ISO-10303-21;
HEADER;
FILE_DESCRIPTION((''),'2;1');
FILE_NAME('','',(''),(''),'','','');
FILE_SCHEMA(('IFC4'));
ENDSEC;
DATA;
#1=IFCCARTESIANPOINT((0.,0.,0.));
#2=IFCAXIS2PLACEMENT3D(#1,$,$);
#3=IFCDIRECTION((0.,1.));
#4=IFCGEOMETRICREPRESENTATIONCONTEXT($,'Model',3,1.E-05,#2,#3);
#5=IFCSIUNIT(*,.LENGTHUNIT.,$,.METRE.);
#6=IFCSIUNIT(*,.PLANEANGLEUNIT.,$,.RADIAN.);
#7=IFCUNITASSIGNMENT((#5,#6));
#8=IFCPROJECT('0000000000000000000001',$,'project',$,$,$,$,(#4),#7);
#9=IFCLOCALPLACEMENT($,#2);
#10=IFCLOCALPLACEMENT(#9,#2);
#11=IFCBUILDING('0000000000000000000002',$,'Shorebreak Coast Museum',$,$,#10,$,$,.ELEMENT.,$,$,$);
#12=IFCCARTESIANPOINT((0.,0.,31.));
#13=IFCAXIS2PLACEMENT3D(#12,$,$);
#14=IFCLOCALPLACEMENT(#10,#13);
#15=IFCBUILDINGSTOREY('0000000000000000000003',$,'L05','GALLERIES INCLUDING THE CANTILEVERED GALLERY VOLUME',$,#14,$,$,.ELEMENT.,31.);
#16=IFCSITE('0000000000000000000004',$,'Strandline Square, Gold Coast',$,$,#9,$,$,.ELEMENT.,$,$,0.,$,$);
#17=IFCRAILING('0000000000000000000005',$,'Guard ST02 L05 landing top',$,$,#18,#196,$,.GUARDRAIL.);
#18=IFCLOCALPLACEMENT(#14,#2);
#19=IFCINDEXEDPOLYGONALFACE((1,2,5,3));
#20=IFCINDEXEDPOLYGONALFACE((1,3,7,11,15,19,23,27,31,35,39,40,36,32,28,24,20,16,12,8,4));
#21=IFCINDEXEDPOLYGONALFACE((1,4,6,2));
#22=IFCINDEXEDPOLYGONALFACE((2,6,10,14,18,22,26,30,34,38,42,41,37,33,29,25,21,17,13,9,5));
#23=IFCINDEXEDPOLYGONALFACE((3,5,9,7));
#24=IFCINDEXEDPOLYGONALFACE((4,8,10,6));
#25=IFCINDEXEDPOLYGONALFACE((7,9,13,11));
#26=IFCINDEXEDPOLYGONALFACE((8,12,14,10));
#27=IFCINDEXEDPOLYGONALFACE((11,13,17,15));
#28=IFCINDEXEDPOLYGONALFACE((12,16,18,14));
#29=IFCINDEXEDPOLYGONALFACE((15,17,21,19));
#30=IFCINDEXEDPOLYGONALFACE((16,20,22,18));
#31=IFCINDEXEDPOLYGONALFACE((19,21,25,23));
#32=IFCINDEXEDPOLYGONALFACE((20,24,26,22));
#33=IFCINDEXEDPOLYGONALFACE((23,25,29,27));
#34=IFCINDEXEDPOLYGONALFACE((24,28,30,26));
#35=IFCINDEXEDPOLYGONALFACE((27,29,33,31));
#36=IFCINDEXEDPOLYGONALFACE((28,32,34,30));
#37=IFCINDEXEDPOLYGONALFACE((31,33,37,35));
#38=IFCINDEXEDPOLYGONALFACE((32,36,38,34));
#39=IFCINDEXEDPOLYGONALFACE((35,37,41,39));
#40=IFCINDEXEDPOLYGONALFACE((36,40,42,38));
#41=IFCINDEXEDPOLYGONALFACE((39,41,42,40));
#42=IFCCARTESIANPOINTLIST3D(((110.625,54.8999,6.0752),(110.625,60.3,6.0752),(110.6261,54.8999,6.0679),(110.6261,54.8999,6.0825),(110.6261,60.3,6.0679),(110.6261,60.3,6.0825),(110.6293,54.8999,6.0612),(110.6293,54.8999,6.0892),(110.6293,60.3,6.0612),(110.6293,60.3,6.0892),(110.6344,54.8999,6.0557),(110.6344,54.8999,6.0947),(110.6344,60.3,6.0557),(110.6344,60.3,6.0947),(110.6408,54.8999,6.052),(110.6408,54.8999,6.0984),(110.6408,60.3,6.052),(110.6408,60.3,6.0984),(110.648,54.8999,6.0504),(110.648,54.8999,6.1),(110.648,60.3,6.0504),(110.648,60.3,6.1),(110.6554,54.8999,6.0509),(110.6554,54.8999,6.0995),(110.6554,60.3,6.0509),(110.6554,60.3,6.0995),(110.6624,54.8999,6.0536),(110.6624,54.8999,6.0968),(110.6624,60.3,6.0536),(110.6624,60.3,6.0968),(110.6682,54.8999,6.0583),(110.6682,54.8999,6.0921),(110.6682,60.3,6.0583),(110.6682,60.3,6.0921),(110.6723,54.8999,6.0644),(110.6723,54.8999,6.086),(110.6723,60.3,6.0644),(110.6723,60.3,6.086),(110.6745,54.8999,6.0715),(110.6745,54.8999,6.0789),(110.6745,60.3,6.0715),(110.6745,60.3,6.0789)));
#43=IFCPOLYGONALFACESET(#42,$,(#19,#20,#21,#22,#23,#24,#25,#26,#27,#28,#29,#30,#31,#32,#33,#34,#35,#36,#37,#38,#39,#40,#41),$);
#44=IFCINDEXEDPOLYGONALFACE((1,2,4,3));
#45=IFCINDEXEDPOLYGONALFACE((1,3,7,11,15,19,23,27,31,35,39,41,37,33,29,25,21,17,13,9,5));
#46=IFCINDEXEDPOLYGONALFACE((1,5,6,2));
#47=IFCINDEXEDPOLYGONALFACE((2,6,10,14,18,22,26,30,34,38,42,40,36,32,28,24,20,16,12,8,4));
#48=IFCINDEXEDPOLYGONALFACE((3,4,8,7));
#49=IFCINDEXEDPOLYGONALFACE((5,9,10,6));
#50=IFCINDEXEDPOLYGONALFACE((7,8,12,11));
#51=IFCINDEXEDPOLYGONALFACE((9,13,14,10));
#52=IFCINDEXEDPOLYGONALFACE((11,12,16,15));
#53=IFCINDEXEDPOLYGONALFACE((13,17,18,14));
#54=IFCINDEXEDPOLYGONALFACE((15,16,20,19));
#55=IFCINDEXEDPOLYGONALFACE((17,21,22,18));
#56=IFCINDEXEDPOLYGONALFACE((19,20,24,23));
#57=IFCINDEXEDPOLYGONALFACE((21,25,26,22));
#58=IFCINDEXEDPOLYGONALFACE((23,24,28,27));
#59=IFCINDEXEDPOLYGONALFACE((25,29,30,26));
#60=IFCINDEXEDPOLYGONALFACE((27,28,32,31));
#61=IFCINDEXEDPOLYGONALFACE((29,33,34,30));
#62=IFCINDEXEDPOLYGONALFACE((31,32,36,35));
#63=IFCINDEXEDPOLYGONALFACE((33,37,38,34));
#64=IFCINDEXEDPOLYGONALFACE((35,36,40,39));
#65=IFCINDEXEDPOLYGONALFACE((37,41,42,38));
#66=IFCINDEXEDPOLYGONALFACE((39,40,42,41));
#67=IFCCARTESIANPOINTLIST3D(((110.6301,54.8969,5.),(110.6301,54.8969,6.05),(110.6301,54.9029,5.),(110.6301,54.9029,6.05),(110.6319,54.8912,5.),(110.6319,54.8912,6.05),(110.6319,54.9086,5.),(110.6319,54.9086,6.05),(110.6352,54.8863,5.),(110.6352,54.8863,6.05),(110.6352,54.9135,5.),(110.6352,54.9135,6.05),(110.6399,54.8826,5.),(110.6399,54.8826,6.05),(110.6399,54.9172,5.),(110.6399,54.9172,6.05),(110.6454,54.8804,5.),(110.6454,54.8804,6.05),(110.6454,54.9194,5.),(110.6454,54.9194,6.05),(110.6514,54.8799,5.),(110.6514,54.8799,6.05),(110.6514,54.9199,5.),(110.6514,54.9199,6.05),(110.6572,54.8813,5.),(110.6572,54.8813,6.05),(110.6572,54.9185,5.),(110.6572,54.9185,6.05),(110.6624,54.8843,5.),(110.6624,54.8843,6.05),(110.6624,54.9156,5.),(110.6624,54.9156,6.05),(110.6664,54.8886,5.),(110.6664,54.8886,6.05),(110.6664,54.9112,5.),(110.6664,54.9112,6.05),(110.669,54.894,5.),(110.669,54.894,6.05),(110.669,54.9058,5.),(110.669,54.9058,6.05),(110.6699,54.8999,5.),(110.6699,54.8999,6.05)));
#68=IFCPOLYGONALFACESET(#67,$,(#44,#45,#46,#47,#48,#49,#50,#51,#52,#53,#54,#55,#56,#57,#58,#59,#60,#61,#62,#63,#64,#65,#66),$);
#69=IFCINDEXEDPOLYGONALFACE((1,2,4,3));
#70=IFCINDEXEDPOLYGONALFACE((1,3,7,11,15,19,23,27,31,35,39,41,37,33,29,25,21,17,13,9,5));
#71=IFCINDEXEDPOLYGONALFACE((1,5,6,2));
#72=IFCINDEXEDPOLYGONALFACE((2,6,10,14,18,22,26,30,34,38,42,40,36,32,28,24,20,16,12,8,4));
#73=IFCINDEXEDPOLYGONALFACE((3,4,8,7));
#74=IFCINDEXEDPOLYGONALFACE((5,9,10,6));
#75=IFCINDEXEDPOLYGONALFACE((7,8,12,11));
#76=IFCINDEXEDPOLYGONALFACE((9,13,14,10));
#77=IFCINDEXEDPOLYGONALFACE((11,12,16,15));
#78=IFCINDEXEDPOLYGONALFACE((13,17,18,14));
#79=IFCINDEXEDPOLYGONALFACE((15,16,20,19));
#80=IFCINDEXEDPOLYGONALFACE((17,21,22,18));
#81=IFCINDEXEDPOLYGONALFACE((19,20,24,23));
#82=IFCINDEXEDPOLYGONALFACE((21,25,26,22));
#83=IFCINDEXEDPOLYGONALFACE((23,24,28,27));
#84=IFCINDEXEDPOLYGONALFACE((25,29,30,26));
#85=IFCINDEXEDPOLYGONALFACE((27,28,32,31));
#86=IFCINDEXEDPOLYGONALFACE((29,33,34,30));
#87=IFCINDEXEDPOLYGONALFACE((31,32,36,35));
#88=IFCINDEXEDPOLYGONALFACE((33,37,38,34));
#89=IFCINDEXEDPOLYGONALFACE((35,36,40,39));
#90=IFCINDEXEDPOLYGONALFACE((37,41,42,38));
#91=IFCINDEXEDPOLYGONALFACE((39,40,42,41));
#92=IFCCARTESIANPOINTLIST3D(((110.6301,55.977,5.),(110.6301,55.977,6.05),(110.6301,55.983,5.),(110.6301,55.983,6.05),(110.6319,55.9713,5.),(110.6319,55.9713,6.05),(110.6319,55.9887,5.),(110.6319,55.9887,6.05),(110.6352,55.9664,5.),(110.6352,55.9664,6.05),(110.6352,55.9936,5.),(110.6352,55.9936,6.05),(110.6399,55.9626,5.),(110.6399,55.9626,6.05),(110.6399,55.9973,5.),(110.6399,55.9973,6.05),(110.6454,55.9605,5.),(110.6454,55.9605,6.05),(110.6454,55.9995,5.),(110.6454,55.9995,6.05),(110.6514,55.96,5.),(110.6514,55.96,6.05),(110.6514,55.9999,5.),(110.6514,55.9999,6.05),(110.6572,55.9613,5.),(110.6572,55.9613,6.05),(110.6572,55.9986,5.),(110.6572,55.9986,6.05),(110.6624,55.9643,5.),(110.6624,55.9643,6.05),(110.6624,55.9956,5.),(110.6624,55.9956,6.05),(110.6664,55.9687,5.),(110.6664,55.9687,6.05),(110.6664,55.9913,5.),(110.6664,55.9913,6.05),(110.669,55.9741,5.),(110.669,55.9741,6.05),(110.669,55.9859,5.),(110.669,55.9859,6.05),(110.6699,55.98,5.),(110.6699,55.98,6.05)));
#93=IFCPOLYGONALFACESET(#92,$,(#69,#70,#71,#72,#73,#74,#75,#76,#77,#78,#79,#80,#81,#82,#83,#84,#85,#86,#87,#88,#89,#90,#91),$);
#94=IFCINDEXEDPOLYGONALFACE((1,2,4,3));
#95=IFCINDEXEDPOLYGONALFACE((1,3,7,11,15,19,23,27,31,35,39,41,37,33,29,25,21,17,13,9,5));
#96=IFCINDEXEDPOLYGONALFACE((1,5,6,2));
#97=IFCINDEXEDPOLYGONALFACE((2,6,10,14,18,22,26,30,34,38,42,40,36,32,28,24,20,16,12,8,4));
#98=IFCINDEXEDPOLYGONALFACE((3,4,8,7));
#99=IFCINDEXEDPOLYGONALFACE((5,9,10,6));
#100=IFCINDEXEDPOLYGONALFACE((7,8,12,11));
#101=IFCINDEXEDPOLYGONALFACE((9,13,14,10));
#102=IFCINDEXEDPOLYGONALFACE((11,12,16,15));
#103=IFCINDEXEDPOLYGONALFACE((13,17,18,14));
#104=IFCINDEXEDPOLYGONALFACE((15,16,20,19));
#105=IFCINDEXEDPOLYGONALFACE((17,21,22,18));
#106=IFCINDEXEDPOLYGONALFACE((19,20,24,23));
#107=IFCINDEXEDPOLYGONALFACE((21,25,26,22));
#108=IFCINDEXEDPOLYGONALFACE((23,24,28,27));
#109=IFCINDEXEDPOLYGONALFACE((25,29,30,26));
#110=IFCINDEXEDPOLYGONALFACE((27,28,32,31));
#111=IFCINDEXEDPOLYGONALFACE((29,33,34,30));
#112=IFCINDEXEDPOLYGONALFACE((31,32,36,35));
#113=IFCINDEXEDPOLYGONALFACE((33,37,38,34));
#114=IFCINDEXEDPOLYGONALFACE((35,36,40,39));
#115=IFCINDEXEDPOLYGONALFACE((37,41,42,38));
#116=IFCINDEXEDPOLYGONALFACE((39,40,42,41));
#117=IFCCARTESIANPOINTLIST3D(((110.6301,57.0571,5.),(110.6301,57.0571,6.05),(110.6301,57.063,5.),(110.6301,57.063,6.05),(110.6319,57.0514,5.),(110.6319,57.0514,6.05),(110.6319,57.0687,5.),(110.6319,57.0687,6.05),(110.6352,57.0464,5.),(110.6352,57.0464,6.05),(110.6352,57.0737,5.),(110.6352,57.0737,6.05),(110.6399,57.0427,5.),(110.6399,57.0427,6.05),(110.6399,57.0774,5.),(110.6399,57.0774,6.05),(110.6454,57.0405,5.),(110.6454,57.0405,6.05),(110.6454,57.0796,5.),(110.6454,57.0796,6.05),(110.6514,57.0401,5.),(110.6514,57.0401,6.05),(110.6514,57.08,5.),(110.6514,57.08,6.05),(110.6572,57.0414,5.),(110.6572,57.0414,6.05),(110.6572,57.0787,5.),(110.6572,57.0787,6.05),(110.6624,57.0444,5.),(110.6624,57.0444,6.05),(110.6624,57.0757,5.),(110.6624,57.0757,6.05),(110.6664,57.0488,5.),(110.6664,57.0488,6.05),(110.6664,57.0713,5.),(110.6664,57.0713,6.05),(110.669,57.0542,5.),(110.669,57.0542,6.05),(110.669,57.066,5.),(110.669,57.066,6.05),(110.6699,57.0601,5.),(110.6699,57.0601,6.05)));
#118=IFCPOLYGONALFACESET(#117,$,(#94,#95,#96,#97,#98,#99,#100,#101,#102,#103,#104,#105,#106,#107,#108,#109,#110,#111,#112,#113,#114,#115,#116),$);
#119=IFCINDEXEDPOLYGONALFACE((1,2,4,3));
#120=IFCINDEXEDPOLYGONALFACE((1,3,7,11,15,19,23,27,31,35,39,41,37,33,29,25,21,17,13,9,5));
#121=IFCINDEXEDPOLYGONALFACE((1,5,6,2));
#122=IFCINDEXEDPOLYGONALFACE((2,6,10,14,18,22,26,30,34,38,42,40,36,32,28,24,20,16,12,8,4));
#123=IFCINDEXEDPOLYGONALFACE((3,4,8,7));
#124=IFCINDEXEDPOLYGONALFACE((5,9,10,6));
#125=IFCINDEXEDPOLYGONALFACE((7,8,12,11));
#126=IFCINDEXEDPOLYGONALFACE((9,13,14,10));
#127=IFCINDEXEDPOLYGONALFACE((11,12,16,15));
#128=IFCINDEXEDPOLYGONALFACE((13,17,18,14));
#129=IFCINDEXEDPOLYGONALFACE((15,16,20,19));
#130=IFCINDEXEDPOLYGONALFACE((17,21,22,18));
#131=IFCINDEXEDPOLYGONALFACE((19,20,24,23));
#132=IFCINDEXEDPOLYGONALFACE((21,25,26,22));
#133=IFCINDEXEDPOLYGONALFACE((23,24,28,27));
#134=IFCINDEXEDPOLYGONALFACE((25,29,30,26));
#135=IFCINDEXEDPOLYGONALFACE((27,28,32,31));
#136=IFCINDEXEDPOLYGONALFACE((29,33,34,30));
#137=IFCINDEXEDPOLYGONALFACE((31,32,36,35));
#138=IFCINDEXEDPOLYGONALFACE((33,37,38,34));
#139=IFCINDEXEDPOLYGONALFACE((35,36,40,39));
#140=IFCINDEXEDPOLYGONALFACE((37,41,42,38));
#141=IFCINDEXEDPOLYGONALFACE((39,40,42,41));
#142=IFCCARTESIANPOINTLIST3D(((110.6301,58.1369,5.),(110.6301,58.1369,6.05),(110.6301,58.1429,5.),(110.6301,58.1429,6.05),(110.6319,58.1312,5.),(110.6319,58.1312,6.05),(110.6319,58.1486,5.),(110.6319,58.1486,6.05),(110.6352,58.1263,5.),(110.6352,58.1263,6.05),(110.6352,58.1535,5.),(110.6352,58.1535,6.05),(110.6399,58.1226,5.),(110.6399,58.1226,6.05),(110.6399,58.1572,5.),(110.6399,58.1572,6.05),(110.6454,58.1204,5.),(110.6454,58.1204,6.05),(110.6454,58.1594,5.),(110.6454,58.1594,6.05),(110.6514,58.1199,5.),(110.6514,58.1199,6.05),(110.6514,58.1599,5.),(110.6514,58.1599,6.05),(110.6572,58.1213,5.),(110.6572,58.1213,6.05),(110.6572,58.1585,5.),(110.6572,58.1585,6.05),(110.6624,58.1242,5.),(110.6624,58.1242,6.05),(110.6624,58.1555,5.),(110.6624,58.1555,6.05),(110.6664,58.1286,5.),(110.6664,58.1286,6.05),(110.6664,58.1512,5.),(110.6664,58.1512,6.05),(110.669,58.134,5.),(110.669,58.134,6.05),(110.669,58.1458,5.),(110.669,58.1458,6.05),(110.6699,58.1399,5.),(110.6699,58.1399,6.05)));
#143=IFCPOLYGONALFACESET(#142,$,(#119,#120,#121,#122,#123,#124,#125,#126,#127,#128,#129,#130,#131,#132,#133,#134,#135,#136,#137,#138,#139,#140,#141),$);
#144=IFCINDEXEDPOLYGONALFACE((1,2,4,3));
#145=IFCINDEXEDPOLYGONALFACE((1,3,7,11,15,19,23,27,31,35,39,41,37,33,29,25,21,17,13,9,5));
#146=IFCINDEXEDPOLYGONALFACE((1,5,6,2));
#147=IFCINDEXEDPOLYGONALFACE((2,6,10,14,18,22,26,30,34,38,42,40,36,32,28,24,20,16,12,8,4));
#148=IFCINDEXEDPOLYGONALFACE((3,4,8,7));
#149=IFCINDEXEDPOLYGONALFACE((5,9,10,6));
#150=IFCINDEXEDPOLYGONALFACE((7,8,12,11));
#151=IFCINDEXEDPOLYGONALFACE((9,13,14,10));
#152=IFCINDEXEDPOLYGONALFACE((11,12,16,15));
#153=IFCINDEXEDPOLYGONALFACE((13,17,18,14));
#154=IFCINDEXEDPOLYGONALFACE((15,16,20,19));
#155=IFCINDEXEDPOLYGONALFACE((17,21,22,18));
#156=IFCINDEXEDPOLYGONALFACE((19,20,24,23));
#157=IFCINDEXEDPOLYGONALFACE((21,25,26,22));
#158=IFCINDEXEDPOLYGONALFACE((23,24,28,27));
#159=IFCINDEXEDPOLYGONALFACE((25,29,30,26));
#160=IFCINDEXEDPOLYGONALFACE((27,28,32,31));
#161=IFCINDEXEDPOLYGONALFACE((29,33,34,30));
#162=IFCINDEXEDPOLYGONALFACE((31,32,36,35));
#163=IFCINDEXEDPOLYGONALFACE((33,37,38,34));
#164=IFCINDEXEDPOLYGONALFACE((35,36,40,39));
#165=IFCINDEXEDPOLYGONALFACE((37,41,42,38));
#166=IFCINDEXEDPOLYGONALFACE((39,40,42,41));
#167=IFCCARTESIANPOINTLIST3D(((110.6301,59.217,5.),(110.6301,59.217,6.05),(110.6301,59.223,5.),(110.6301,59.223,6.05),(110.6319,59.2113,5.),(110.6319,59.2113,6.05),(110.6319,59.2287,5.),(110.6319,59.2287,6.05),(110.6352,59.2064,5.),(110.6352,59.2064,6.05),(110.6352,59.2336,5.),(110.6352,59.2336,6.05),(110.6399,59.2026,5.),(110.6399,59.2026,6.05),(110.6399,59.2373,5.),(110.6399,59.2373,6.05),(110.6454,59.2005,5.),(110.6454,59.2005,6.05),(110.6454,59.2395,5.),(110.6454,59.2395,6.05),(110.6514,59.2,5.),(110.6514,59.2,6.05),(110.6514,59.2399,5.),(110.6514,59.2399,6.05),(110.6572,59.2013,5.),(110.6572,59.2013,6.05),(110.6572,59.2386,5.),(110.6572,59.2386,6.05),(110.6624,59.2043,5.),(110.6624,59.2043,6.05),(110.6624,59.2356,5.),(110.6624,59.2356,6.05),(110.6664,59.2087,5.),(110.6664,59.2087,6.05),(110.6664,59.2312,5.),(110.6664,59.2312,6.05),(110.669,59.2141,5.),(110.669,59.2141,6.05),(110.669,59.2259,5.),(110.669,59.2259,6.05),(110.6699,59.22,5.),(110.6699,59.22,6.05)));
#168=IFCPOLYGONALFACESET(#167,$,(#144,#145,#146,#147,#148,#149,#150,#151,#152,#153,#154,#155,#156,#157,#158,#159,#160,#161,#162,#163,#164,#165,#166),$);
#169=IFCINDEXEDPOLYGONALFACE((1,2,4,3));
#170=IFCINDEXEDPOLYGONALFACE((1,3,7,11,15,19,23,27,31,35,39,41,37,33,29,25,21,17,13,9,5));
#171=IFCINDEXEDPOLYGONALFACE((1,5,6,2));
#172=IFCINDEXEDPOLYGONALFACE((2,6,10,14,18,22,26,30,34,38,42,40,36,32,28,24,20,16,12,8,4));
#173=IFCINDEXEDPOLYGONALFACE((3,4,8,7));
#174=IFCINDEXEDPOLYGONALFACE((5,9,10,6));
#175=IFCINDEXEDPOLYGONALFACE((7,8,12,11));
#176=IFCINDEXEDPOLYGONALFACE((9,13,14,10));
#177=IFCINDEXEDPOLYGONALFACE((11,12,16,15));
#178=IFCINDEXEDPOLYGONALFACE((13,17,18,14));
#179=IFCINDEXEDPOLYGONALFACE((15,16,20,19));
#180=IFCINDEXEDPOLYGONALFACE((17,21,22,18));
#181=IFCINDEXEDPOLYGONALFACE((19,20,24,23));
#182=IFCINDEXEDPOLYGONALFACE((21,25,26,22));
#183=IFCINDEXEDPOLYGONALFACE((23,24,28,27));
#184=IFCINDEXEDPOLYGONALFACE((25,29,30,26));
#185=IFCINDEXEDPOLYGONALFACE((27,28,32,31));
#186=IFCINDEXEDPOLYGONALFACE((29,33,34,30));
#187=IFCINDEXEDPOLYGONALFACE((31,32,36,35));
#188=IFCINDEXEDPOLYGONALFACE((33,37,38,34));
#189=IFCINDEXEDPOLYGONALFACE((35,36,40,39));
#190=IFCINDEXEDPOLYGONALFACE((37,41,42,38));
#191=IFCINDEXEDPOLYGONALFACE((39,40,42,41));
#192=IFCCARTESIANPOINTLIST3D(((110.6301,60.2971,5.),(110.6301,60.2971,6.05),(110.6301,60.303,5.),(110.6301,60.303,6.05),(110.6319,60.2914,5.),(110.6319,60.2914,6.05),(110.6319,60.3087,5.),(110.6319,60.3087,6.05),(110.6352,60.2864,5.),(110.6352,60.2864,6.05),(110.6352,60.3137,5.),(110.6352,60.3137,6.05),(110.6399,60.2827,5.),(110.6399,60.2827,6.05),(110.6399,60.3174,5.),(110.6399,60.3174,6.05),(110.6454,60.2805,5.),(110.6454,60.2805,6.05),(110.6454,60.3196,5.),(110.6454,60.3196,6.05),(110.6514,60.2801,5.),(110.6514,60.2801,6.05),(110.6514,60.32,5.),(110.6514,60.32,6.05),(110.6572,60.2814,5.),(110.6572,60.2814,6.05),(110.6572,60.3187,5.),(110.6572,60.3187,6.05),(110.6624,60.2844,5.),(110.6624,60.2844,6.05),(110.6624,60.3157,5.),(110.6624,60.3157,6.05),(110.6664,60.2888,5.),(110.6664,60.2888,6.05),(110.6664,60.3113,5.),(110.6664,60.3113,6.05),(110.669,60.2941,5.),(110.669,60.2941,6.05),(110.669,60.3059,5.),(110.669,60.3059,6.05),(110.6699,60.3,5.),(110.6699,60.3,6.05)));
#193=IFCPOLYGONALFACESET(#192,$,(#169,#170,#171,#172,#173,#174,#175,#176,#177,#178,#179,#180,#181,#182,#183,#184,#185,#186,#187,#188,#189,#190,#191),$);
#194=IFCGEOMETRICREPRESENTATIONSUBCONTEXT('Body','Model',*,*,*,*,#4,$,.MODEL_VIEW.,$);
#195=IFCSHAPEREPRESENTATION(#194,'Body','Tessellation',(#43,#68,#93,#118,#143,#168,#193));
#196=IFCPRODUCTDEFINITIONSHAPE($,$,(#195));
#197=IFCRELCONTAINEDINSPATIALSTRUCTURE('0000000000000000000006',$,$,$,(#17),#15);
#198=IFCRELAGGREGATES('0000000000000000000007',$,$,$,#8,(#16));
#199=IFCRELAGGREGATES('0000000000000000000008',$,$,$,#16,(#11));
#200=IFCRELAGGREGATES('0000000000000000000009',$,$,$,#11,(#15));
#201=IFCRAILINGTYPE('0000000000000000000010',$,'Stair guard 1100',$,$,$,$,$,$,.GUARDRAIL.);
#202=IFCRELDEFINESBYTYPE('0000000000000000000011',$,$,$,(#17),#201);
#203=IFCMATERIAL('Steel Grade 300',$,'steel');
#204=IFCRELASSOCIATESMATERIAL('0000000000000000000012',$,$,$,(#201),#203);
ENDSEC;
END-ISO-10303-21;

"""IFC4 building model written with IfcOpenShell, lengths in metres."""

from ifc_helpers import new_model, si_unit, direction, frame, origin, origin_2d, place, context, subcontext, project, spatial, circle, extrude, material, type_object, element, save


model = new_model("IFC4")

# Units and contexts
model_context = context("Model", 3, precision=1e-05, world=origin(), true_north=direction((0.0, 1.0)))
body_context = subcontext(model_context, "Body", "Model", "MODEL_VIEW")
ifc_project = project(units=[si_unit("LENGTHUNIT", "METRE"), si_unit("PLANEANGLEUNIT", "RADIAN")], contexts=[model_context])

# Site, building, storey
site_placement = place(None, origin())
site = spatial("IfcSite", under=ifc_project, at=site_placement, Name="Strandline Square, Gold Coast", CompositionType="ELEMENT", RefElevation=0.0)
building_placement = place(site_placement, origin())
building = spatial("IfcBuilding", under=site, at=building_placement, Name="Shorebreak Coast Museum", CompositionType="ELEMENT")
storey_placement = place(building_placement, frame((0.0, 0.0, 31.0)))
storey = spatial("IfcBuildingStorey", under=building, at=storey_placement, Name="L05", Description="GALLERIES INCLUDING THE CANTILEVERED GALLERY VOLUME", CompositionType="ELEMENT", Elevation=31.0)

# Railing
ifc_material_1 = material(Name="Steel Grade 300", Category="steel")
railing_type_1 = type_object("IfcRailingType", Name="Stair guard 1100", PredefinedType="GUARDRAIL", material=ifc_material_1)
railing_1_placement = place(storey_placement, frame((110.6499, 54.8999, 5.0)))
element("IfcRailing", 1, at=railing_1_placement, inside=storey, type_object=railing_type_1, Name="Guard ST02 L05 landing top", PredefinedType="GUARDRAIL", context=body_context, shape_type="SweptSolid", body=[
    extrude(circle(Radius=0.0249, at=origin_2d()), frame((0.0, 0.0, 1.0752), z_axis=(0.0, 1.0, 0.0), x_axis=(-1.0, 0.0, 0.0)), (0.0, 0.0, 1.0), 5.4001),
    extrude(circle(Radius=0.02, at=origin_2d()), origin(), (0.0, 0.0, 1.0), 1.05),
    extrude(circle(Radius=0.02, at=origin_2d()), frame((0.0, 1.0801, 0.0)), (0.0, 0.0, 1.0), 1.05),
    extrude(circle(Radius=0.02, at=origin_2d()), frame((0.0, 2.1602, 0.0)), (0.0, 0.0, 1.0), 1.05),
    extrude(circle(Radius=0.02, at=origin_2d()), frame((0.0, 3.24, 0.0)), (0.0, 0.0, 1.0), 1.05),
    extrude(circle(Radius=0.02, at=origin_2d()), frame((0.0, 4.3201, 0.0)), (0.0, 0.0, 1.0), 1.05),
    extrude(circle(Radius=0.02, at=origin_2d()), frame((0.0, 5.4001, 0.0)), (0.0, 0.0, 1.0), 1.05),
])

save(model, "model.ifc")
